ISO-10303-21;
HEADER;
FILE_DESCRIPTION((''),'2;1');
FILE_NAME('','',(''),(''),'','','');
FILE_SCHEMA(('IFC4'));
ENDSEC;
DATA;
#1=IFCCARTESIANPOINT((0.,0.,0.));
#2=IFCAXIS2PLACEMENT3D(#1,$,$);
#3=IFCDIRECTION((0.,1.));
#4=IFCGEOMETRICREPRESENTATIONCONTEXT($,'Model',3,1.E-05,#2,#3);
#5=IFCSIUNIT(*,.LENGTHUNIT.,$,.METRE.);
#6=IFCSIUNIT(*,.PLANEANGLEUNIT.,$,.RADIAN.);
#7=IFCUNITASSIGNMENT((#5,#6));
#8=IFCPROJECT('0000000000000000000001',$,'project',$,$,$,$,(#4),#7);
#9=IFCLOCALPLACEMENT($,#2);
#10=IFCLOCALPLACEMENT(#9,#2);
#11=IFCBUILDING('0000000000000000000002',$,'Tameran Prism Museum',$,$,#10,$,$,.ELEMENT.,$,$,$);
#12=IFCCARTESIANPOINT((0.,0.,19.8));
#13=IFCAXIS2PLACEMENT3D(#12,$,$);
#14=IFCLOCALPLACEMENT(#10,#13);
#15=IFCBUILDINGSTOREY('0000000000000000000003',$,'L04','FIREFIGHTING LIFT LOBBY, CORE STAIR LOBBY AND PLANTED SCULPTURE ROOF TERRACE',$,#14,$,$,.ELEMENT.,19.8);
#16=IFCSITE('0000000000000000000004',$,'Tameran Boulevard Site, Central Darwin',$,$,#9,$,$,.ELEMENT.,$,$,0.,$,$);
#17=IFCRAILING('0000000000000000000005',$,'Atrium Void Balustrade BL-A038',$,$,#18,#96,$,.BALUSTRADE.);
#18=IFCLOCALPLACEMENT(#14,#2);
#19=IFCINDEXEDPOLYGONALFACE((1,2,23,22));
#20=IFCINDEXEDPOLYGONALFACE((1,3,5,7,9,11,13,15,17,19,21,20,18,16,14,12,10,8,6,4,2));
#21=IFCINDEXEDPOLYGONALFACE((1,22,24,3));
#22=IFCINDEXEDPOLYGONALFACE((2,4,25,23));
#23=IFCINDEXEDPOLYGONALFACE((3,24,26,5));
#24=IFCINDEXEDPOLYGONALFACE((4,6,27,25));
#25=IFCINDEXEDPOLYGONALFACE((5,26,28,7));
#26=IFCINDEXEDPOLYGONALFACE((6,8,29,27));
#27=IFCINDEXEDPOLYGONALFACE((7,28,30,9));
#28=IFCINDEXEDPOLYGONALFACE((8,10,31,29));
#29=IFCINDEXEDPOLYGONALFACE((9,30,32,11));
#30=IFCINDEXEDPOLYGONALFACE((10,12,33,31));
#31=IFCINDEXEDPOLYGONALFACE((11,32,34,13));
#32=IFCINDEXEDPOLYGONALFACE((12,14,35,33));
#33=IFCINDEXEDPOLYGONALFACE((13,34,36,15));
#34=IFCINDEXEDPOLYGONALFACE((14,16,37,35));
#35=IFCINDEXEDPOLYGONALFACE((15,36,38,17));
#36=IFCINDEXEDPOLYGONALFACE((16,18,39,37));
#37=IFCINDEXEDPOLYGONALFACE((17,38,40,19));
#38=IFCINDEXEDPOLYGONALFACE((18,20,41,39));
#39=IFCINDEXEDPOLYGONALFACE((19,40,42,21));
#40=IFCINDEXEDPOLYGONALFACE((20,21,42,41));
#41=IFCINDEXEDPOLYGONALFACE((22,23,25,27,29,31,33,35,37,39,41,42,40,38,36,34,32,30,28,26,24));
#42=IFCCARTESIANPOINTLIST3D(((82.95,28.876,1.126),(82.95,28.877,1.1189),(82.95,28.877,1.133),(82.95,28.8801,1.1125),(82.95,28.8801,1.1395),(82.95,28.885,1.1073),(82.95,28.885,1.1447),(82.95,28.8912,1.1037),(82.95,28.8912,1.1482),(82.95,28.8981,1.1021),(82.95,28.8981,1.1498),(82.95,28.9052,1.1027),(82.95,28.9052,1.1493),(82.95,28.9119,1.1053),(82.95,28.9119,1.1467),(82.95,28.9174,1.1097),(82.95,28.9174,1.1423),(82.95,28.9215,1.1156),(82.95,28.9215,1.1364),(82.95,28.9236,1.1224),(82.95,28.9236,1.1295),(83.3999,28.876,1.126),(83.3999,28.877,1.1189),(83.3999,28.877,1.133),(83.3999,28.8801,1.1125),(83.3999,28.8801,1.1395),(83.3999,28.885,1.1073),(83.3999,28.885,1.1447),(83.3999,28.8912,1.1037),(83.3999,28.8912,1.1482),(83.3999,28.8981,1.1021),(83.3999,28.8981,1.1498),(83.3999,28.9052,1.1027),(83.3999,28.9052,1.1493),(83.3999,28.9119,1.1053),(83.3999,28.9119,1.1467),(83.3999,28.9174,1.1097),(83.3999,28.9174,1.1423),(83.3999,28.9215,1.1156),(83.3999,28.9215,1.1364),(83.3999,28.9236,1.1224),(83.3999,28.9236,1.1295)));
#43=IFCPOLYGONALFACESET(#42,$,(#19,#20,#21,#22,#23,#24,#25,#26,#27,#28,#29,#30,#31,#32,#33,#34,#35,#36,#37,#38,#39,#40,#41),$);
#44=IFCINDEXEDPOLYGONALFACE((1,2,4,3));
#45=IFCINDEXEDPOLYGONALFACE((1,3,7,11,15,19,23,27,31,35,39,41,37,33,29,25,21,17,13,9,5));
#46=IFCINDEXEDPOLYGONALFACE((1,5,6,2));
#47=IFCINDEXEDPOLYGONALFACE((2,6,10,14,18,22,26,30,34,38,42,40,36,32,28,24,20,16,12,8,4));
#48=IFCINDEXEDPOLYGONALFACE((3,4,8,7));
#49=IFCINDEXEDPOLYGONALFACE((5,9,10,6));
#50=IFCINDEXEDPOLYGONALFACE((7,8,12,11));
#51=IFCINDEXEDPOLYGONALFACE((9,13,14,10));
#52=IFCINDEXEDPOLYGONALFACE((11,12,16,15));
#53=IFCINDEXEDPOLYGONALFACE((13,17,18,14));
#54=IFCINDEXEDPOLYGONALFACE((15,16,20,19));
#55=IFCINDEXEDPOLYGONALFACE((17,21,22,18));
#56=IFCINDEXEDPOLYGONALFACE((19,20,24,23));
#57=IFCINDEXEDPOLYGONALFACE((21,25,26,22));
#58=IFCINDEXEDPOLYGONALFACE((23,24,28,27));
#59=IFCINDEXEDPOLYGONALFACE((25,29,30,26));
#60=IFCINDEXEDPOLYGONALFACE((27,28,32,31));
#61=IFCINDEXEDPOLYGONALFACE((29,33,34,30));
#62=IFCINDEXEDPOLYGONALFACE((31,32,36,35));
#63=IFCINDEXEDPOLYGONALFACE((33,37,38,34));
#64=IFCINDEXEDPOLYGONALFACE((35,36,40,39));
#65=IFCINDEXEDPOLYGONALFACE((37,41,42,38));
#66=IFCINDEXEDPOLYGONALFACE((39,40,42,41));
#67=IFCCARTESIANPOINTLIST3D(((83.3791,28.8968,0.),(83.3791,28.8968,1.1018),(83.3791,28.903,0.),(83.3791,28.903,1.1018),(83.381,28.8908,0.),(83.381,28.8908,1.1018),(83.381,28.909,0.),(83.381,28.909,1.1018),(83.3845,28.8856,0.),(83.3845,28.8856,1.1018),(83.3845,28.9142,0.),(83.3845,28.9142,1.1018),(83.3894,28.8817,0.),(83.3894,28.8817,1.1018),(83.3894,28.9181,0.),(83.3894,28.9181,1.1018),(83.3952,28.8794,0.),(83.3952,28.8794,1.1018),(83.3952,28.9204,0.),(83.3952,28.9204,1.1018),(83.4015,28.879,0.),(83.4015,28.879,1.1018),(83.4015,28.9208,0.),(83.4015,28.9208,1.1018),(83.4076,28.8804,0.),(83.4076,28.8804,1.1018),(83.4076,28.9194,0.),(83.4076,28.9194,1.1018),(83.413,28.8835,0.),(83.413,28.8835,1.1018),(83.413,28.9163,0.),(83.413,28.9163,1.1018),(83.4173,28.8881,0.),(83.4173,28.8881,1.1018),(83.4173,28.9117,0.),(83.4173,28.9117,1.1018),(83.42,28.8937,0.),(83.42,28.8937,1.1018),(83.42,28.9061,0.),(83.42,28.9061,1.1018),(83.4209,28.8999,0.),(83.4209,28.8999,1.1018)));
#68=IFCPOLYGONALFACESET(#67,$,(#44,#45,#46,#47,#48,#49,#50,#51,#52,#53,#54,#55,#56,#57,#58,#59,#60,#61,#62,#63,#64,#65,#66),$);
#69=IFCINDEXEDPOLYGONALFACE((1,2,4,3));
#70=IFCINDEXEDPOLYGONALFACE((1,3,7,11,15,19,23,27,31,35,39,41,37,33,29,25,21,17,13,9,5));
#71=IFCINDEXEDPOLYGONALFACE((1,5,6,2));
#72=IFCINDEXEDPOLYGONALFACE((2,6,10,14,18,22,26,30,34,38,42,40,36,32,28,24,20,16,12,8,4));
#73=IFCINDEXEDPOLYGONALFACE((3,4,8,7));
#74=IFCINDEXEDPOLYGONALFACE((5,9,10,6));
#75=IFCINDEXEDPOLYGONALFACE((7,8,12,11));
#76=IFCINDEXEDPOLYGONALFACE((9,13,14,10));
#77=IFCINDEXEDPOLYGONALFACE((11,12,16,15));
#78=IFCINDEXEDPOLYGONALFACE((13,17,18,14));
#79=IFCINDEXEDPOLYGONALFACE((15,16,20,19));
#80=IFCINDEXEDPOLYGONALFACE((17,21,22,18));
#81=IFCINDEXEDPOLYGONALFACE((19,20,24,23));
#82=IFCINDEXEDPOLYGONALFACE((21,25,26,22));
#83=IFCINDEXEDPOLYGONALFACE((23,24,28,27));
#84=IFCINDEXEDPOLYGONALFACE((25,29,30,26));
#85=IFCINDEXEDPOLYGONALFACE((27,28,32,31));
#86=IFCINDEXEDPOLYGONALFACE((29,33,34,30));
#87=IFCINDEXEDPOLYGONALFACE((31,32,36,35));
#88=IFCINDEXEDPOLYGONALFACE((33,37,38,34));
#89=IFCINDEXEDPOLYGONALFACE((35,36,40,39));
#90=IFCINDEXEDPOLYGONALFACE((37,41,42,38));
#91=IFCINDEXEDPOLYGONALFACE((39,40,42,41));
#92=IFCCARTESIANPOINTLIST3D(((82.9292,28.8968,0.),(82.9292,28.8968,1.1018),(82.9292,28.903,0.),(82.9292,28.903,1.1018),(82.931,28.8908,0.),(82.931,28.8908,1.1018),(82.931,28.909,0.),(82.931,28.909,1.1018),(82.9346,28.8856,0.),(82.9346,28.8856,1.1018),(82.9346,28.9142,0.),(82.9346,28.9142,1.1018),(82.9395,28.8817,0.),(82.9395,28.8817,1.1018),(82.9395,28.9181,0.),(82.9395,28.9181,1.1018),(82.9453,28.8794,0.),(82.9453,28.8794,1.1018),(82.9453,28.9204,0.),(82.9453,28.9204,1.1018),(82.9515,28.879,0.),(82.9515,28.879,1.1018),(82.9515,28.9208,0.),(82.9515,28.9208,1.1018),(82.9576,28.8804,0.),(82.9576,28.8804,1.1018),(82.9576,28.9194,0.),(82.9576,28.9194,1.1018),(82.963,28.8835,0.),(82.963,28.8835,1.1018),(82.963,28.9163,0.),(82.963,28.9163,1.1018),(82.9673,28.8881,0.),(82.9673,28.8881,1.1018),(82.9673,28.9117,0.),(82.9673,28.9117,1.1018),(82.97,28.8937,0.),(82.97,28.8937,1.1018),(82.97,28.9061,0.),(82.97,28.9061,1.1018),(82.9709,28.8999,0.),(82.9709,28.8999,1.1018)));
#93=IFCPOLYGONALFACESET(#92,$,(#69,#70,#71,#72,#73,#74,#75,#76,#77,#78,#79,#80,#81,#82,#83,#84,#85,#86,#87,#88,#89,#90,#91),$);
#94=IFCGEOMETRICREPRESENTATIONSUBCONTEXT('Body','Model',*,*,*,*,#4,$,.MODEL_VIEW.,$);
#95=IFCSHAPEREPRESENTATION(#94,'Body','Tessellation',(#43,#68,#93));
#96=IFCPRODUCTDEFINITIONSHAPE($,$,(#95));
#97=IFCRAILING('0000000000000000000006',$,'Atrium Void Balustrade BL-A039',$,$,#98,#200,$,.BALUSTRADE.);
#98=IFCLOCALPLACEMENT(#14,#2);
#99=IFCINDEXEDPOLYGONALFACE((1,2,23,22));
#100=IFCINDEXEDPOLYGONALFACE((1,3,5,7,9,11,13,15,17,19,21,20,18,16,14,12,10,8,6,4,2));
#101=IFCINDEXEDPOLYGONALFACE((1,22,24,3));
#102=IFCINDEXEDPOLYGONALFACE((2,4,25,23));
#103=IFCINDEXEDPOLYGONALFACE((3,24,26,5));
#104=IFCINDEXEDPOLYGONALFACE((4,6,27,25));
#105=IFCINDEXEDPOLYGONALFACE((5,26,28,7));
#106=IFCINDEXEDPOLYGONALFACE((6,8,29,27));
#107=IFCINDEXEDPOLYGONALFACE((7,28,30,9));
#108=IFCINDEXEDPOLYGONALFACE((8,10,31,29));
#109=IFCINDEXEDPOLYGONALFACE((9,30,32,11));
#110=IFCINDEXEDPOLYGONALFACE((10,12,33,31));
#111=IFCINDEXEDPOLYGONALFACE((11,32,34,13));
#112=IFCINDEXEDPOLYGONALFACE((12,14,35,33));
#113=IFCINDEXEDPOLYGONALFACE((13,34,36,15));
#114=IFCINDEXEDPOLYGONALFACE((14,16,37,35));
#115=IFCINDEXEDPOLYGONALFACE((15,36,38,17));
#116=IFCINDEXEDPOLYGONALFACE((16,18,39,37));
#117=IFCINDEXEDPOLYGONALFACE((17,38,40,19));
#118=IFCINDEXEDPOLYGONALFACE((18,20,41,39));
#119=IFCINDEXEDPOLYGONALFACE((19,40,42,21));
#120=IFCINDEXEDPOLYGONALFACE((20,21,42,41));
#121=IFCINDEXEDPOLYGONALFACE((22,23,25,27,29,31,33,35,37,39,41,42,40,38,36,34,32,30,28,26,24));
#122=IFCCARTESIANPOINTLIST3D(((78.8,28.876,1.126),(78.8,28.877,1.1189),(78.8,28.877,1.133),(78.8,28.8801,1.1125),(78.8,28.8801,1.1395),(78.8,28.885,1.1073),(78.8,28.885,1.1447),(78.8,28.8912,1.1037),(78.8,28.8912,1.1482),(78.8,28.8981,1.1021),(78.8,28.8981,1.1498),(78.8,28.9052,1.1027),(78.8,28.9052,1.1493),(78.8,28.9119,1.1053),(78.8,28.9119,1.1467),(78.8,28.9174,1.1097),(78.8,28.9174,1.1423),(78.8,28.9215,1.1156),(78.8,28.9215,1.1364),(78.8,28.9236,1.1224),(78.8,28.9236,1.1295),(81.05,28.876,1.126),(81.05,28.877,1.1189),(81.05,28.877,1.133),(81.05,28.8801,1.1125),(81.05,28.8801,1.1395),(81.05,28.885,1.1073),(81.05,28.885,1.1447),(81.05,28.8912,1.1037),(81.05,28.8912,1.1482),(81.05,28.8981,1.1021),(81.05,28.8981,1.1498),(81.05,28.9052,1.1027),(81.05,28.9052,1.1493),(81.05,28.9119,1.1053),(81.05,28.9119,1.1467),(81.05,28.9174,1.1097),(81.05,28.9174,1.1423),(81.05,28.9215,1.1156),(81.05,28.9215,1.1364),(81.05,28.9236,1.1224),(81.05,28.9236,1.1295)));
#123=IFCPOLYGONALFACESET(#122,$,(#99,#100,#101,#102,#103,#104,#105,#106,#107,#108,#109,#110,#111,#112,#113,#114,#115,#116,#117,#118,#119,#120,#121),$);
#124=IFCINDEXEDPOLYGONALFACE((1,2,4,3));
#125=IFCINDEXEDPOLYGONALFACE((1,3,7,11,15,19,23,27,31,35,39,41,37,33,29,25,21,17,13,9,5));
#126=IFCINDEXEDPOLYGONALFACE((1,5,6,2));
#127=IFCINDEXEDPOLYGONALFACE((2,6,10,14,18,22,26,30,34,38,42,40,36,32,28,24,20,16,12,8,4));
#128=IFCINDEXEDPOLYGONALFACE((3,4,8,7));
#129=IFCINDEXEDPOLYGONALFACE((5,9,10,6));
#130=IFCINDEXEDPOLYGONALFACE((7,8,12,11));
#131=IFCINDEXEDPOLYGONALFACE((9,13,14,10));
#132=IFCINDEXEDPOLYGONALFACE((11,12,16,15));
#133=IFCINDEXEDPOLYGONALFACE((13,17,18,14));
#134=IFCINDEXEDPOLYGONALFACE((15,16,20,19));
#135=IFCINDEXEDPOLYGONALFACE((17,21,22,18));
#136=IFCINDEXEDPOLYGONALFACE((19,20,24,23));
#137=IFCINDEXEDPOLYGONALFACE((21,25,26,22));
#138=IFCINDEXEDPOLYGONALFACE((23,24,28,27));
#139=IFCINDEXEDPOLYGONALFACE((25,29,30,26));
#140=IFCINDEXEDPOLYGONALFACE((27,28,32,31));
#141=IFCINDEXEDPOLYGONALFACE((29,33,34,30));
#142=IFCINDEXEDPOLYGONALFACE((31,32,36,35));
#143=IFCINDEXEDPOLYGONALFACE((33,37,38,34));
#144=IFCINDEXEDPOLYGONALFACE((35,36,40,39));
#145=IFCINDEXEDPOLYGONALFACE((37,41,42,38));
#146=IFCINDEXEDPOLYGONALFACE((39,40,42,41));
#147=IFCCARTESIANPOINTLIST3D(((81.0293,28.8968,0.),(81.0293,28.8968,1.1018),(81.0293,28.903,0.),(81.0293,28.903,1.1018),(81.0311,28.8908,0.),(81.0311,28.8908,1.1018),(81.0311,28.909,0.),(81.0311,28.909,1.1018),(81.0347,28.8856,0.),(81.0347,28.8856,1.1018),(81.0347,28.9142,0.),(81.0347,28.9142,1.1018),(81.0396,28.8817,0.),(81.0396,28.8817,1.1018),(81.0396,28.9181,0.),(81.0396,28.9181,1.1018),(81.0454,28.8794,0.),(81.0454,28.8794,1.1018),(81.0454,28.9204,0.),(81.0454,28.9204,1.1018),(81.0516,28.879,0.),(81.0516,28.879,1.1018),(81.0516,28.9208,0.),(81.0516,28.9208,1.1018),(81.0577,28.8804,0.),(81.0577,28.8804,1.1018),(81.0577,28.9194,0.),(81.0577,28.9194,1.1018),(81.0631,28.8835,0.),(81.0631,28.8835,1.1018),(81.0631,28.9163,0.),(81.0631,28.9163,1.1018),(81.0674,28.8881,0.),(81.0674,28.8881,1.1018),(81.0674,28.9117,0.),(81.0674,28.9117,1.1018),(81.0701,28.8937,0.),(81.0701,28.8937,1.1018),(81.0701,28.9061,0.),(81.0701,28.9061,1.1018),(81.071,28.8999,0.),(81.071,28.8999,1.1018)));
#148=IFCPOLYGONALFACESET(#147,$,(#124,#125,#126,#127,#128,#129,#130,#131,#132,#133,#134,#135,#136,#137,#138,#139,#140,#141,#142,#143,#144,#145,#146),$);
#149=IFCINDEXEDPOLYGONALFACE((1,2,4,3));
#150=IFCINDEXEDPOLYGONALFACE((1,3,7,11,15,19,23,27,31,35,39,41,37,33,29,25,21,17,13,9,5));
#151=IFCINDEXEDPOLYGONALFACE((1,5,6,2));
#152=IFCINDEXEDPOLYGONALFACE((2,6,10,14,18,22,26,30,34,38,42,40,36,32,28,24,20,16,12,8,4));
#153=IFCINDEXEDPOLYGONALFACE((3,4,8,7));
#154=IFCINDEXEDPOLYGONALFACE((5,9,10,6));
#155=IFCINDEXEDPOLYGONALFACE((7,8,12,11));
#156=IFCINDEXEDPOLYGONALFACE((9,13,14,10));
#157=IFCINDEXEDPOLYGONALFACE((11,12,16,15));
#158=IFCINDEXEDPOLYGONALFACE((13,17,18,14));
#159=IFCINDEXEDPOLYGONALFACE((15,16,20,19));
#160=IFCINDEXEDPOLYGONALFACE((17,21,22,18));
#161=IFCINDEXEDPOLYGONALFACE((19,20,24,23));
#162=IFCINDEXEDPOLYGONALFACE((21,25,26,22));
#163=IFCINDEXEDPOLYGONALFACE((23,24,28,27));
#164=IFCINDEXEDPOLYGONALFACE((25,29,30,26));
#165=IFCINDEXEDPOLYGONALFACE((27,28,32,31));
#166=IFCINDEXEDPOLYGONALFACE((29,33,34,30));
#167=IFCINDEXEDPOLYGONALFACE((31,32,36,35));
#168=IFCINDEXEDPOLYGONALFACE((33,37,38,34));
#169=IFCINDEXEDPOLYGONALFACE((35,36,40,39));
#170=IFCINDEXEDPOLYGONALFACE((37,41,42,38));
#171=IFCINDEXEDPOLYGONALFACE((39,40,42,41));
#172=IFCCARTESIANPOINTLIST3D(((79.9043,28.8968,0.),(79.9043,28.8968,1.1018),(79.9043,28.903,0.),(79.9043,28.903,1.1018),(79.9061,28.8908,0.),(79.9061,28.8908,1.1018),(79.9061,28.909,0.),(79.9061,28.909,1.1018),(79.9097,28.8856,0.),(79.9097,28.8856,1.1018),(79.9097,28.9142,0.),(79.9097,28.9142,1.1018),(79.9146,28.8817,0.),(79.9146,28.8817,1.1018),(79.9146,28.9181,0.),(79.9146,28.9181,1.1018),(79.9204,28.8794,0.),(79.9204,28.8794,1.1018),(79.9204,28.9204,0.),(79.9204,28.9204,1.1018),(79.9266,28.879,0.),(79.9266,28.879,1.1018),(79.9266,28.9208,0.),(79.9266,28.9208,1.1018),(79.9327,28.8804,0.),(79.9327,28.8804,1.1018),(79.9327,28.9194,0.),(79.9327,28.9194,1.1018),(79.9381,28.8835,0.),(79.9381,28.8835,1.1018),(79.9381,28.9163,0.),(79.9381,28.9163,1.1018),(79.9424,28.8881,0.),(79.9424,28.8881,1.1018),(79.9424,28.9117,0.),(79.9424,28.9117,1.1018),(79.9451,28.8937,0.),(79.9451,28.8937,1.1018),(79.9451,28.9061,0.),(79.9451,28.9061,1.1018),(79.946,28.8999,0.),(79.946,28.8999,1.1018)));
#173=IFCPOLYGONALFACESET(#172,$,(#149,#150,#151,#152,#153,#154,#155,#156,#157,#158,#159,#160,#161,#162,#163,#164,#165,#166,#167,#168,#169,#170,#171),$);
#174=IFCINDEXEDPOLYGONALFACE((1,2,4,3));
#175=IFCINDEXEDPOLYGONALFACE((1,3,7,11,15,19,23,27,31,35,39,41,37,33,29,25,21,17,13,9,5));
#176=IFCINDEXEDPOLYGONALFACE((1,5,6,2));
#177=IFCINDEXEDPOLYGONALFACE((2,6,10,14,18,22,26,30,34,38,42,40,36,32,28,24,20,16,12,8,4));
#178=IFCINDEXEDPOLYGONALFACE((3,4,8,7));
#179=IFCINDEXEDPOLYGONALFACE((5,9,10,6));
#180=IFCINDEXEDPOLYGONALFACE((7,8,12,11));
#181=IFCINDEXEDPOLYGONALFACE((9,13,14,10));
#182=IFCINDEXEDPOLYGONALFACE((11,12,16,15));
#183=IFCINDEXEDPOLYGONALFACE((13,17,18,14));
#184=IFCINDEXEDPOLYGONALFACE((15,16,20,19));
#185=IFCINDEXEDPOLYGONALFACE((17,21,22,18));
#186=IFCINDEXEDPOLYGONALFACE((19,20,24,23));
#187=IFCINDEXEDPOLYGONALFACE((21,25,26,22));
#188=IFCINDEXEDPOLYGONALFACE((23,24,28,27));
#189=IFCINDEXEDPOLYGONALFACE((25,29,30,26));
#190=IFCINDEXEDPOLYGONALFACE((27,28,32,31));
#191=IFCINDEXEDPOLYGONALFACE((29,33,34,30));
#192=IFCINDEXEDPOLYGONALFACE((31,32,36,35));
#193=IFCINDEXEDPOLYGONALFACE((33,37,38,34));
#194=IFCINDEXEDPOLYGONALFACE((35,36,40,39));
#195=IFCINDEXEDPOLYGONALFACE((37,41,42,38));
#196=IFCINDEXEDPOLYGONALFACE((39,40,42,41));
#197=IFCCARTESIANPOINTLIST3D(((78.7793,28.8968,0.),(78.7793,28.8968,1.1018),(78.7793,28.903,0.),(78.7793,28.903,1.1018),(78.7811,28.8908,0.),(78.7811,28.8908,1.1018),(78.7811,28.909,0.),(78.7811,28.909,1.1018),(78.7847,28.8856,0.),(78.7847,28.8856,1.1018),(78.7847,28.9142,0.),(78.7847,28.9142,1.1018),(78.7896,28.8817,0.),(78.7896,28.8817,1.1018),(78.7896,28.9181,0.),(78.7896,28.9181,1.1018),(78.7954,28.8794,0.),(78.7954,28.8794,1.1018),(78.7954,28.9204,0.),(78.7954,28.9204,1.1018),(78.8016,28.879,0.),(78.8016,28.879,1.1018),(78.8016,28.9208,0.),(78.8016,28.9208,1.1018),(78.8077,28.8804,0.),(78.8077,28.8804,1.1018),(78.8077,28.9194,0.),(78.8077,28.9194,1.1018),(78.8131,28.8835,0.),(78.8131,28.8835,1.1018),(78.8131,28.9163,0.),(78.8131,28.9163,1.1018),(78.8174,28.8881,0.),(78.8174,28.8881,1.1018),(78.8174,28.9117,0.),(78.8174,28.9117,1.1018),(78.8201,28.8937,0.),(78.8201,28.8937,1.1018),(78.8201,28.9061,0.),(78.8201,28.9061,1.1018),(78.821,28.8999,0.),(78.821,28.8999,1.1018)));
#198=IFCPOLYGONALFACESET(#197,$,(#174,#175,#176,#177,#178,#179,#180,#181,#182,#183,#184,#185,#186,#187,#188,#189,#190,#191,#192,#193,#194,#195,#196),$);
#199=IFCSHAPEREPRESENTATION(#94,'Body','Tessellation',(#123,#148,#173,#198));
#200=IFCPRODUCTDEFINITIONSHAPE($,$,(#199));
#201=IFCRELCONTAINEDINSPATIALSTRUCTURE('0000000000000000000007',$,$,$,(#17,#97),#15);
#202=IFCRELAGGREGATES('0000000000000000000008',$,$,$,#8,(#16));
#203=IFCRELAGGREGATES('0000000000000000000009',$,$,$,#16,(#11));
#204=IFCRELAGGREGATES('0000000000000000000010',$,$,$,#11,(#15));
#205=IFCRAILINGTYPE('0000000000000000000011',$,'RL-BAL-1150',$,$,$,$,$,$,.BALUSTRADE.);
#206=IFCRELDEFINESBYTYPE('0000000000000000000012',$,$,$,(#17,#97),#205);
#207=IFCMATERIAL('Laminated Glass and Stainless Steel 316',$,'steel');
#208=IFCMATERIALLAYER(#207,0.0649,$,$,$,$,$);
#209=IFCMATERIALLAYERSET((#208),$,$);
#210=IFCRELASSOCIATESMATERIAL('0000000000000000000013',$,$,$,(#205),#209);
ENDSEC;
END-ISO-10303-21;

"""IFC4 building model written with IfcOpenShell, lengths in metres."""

from ifc_helpers import new_model, si_unit, direction, frame, origin, origin_2d, place, context, subcontext, project, spatial, circle, extrude, material, layer, layer_set, type_object, element, save


model = new_model("IFC4")

# Units and contexts
model_context = context("Model", 3, precision=1e-05, world=origin(), true_north=direction((0.0, 1.0)))
body_context = subcontext(model_context, "Body", "Model", "MODEL_VIEW")
ifc_project = project(units=[si_unit("LENGTHUNIT", "METRE"), si_unit("PLANEANGLEUNIT", "RADIAN")], contexts=[model_context])

# Site, building, storey
site_placement = place(None, origin())
site = spatial("IfcSite", under=ifc_project, at=site_placement, Name="Tameran Boulevard Site, Central Darwin", CompositionType="ELEMENT", RefElevation=0.0)
building_placement = place(site_placement, origin())
building = spatial("IfcBuilding", under=site, at=building_placement, Name="Tameran Prism Museum", CompositionType="ELEMENT")
storey_placement = place(building_placement, frame((0.0, 0.0, 19.8)))
storey = spatial("IfcBuildingStorey", under=building, at=storey_placement, Name="L04", Description="FIREFIGHTING LIFT LOBBY, CORE STAIR LOBBY AND PLANTED SCULPTURE ROOF TERRACE", CompositionType="ELEMENT", Elevation=19.8)

# Railings
ifc_material_1 = material(Name="Laminated Glass and Stainless Steel 316", Category="steel")
ifc_layer_1 = layer(ifc_material_1, 0.0649)
ifc_layer_set_1 = layer_set([ifc_layer_1])
railing_type = type_object("IfcRailingType", Name="RL-BAL-1150", PredefinedType="BALUSTRADE", material=ifc_layer_set_1)
railing_1_placement = place(storey_placement, frame((83.3999, 28.8999, 0.0)))
element("IfcRailing", 1, at=railing_1_placement, inside=storey, type_object=railing_type, Name="Atrium Void Balustrade BL-A038", PredefinedType="BALUSTRADE", context=body_context, shape_type="SweptSolid", body=[
    extrude(circle(Radius=0.0239, at=origin_2d()), frame((0.0, 0.0, 1.126), z_axis=(-1.0, 0.0, 0.0), x_axis=(0.0, -1.0, 0.0)), (0.0, 0.0, 1.0), 0.45),
    extrude(circle(Radius=0.021, at=origin_2d()), origin(), (0.0, 0.0, 1.0), 1.1018),
    extrude(circle(Radius=0.021, at=origin_2d()), frame((-0.45, 0.0, 0.0)), (0.0, 0.0, 1.0), 1.1018),
])
railing_2_placement = place(storey_placement, frame((81.05, 28.8999, 0.0)))
element("IfcRailing", 2, at=railing_2_placement, inside=storey, type_object=railing_type, Name="Atrium Void Balustrade BL-A039", PredefinedType="BALUSTRADE", context=body_context, shape_type="SweptSolid", body=[
    extrude(circle(Radius=0.0239, at=origin_2d()), frame((0.0, 0.0, 1.126), z_axis=(-1.0, 0.0, 0.0), x_axis=(0.0, -1.0, 0.0)), (0.0, 0.0, 1.0), 2.25),
    extrude(circle(Radius=0.021, at=origin_2d()), origin(), (0.0, 0.0, 1.0), 1.1018),
    extrude(circle(Radius=0.021, at=origin_2d()), frame((-1.125, 0.0, 0.0)), (0.0, 0.0, 1.0), 1.1018),
    extrude(circle(Radius=0.021, at=origin_2d()), frame((-2.25, 0.0, 0.0)), (0.0, 0.0, 1.0), 1.1018),
])

save(model, "model.ifc")
